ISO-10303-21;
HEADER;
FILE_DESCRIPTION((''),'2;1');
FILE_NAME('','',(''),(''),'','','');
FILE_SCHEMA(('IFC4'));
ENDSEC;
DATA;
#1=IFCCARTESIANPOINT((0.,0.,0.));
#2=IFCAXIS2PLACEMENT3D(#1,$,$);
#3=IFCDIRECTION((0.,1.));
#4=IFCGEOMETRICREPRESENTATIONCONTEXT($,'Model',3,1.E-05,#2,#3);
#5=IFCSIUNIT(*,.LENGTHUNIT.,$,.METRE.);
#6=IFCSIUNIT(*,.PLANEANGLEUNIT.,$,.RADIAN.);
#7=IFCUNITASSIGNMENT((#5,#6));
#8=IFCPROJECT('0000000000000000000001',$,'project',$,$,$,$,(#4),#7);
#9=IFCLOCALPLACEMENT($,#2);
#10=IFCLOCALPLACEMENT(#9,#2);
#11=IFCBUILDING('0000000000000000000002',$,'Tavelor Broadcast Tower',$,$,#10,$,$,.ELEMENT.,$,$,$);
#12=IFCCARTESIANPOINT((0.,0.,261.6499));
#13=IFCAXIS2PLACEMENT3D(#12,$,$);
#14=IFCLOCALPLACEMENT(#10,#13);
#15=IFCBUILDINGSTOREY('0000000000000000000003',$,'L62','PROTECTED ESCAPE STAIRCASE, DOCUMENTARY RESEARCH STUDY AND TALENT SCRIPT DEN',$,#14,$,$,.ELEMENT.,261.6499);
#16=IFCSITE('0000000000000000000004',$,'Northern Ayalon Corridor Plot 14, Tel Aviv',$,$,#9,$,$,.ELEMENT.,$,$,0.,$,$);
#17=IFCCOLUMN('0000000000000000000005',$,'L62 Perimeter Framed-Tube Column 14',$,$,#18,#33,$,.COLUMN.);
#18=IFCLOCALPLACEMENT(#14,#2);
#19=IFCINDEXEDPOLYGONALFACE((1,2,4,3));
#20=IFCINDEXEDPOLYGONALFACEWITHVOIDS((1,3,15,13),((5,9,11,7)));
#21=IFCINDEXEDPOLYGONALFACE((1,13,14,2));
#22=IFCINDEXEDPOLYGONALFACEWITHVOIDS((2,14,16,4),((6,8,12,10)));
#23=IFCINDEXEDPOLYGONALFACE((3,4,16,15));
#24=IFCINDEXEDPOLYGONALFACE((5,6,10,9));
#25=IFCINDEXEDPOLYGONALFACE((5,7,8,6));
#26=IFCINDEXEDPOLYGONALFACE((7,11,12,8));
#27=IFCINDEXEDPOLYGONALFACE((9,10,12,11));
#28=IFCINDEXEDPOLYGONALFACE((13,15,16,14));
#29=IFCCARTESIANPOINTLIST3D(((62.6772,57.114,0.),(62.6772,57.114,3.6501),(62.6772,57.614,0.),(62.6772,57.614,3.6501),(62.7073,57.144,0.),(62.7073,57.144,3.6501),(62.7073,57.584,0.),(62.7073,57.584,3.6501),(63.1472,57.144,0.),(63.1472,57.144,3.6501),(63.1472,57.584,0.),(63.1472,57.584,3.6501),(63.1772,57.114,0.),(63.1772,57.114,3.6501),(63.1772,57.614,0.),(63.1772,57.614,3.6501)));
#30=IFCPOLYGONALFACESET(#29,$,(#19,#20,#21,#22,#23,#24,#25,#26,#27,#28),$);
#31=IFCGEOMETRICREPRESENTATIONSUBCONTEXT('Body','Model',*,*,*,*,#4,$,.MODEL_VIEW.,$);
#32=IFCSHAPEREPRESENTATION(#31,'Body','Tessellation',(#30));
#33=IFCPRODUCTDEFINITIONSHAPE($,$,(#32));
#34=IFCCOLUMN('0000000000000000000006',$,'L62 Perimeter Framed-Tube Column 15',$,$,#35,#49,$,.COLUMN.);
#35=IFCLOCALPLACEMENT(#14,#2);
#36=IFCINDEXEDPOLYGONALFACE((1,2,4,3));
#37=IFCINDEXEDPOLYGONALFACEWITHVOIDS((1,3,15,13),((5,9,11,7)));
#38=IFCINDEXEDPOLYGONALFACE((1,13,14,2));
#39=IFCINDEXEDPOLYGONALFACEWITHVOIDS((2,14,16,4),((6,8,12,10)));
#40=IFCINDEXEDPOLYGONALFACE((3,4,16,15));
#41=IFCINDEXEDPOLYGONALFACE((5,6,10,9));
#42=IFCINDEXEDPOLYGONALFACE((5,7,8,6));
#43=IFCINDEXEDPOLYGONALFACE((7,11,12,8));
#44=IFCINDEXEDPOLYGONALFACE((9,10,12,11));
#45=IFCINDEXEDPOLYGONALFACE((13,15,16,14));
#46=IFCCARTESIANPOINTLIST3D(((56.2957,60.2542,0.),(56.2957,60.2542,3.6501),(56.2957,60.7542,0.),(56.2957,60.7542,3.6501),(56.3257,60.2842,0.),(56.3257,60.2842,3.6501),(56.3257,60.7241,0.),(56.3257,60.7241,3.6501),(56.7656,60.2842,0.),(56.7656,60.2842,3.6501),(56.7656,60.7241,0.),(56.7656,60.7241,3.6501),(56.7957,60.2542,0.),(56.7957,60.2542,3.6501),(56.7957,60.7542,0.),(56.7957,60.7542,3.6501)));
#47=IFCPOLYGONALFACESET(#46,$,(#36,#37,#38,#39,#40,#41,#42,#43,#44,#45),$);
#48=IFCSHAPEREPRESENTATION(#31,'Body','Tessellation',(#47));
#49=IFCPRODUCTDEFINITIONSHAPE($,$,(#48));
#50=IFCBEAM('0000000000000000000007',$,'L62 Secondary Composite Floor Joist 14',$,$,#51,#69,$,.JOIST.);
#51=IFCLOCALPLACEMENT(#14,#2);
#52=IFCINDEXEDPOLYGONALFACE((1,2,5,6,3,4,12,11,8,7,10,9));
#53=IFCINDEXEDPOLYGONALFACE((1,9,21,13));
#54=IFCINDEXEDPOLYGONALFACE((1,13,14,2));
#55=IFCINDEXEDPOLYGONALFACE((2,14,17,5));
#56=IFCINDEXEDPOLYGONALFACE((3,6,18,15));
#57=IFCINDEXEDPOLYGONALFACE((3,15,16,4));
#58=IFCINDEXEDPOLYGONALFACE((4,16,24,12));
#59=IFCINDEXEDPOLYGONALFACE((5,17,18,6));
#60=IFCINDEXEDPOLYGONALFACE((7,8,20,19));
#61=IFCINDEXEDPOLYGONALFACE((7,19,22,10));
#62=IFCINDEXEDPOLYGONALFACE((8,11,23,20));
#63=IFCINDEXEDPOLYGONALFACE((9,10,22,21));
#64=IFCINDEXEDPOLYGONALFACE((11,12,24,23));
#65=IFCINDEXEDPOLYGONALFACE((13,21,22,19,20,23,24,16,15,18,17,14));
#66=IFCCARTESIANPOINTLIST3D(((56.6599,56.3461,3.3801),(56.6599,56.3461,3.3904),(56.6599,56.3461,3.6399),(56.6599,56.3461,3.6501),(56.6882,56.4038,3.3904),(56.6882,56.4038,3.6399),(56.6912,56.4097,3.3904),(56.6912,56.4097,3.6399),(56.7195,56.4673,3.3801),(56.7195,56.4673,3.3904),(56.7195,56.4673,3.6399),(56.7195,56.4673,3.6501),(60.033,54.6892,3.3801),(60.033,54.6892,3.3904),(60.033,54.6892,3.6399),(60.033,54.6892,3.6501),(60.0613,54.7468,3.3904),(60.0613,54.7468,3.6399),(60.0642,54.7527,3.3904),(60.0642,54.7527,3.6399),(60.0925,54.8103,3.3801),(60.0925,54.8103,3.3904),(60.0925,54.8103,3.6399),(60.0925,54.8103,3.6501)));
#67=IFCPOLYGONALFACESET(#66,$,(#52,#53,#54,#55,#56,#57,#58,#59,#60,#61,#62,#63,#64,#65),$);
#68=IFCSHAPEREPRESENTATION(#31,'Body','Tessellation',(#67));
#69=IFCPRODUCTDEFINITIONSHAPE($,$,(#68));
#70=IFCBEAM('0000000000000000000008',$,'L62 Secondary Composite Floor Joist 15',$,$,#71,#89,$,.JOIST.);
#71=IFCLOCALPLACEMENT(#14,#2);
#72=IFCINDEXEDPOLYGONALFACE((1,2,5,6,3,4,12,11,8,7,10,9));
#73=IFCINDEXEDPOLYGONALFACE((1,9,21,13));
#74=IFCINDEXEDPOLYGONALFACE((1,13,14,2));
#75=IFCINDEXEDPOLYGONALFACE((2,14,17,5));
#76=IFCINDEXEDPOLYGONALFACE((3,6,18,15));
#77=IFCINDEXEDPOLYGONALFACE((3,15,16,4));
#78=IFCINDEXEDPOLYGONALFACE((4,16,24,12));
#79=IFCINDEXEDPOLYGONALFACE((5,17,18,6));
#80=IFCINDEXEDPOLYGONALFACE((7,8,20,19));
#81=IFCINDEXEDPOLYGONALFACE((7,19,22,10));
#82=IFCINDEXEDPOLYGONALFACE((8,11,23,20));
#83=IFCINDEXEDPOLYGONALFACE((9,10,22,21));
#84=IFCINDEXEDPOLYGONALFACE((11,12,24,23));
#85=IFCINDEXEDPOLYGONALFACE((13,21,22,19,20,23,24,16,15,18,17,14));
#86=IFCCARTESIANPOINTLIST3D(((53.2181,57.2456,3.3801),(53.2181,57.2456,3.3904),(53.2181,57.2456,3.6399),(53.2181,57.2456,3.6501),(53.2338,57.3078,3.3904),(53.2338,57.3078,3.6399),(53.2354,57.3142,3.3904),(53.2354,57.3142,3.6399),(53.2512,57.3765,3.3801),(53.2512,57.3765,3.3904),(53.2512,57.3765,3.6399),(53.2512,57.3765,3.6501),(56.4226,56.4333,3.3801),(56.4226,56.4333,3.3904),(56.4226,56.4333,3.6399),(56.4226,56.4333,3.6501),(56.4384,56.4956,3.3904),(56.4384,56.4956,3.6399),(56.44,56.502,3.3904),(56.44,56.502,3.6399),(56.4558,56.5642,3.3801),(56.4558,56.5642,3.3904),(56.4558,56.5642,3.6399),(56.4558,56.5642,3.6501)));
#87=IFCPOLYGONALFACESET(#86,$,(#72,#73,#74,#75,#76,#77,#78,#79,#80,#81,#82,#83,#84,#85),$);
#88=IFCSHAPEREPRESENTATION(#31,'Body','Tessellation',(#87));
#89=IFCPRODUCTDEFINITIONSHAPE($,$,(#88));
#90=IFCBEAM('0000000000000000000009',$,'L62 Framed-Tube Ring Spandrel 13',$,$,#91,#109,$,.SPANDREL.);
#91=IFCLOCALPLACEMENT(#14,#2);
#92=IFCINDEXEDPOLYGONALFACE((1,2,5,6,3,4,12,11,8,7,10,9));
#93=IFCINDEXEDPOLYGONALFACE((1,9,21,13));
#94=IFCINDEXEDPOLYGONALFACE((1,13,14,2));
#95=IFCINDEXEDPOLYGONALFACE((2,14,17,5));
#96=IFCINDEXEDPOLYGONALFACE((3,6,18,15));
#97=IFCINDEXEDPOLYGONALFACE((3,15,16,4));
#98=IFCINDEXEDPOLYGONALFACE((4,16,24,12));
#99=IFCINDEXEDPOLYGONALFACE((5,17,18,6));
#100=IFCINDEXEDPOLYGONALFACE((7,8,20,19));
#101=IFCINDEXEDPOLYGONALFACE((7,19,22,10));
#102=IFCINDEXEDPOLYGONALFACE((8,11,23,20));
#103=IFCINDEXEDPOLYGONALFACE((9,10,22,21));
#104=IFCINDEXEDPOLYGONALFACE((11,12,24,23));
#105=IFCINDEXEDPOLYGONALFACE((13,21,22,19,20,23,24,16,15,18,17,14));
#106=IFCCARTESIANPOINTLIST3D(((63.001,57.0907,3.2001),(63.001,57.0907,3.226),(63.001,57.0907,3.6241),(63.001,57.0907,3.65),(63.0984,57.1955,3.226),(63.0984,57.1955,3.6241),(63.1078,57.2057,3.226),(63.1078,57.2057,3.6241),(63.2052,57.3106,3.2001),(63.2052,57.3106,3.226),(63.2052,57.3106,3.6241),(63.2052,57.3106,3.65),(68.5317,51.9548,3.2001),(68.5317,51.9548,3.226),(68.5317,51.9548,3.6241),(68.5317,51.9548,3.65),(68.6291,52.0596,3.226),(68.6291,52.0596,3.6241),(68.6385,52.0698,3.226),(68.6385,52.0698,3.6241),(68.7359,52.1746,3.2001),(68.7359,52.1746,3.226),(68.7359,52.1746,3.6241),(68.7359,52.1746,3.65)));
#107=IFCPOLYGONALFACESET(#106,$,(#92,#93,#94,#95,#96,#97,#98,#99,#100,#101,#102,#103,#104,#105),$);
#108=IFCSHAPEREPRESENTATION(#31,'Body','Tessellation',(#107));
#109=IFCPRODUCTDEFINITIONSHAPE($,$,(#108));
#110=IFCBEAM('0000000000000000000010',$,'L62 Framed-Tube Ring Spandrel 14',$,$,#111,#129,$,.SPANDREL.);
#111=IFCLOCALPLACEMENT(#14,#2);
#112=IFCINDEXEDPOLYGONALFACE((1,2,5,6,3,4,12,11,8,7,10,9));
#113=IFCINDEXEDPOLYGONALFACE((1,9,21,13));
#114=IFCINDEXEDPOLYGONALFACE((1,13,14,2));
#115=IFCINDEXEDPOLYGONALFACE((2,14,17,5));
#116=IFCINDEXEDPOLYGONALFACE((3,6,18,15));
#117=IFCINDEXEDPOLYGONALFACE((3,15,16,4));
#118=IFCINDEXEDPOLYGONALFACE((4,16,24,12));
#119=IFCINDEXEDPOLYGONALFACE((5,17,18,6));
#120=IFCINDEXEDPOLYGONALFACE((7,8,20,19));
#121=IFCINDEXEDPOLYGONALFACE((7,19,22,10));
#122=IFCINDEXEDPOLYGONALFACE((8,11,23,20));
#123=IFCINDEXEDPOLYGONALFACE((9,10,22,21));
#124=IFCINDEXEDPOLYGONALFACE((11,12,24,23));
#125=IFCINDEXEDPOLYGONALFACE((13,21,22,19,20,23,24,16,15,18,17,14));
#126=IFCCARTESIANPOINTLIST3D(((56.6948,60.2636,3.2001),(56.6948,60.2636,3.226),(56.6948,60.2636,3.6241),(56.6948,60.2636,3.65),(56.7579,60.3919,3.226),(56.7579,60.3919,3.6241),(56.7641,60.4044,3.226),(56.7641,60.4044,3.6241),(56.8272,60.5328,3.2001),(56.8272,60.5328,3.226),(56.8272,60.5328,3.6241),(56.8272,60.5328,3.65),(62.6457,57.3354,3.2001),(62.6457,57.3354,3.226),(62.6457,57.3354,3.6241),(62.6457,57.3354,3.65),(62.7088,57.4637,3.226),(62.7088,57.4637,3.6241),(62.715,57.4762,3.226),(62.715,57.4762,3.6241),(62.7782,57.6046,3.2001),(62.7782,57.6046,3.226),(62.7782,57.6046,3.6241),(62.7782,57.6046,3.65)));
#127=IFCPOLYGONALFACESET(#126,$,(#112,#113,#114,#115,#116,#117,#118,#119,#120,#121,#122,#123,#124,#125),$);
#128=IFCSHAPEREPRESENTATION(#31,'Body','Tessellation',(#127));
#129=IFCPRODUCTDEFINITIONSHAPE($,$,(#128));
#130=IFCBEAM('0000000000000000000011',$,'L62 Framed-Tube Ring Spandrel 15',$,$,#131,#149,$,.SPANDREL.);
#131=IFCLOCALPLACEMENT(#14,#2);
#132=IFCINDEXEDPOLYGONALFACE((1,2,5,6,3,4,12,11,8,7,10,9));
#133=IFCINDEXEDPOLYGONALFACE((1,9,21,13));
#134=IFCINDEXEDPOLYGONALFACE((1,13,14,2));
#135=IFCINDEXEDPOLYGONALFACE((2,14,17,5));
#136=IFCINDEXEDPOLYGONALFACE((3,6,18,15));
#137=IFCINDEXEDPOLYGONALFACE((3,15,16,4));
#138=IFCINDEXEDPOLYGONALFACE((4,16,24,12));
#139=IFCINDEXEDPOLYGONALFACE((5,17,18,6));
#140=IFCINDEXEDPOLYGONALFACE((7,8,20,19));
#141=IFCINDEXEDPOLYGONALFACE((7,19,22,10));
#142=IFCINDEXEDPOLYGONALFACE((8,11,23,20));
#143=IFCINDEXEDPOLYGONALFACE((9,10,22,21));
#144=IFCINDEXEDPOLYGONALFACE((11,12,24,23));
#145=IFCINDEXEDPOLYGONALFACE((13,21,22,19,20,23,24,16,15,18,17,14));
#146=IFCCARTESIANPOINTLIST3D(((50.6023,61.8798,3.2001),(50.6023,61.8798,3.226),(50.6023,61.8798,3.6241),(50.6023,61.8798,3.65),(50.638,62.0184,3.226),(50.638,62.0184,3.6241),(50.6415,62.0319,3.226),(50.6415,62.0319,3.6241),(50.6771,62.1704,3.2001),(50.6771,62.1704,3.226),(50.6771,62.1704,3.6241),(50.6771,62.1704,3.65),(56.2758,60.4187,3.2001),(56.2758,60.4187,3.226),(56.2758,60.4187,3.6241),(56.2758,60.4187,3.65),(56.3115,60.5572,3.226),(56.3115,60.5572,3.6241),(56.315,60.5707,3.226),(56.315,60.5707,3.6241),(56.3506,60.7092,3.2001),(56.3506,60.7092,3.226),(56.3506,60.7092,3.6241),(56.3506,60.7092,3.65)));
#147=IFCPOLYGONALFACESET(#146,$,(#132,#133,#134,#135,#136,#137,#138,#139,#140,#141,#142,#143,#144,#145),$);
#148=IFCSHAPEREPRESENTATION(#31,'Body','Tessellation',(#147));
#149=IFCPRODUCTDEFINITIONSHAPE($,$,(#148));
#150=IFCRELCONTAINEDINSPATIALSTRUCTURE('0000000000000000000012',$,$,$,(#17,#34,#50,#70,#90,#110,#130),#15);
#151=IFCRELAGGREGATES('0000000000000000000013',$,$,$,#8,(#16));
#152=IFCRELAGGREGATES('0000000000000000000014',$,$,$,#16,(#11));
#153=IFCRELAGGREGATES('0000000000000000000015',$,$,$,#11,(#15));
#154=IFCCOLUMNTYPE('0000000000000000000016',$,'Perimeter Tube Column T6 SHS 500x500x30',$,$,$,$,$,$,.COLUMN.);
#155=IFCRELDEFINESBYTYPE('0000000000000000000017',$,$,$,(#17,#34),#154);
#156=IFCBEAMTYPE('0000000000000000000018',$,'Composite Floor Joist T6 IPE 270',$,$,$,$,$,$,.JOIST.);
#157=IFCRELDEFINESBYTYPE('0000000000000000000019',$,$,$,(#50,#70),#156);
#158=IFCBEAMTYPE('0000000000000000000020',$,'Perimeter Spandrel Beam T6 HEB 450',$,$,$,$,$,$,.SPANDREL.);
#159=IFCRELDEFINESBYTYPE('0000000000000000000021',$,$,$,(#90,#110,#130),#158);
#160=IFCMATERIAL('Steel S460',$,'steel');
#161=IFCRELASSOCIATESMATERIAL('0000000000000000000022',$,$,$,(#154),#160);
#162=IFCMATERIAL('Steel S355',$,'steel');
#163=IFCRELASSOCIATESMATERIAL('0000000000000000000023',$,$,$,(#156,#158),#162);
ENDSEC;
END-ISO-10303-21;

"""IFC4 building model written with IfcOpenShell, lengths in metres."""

from ifc_helpers import new_model, si_unit, direction, frame, origin, origin_2d, place, context, subcontext, project, spatial, hollow_rectangle, i_section, extrude, material, material_profile, profile_set, type_object, element, save


model = new_model("IFC4")

# Units and contexts
model_context = context("Model", 3, precision=1e-05, world=origin(), true_north=direction((0.0, 1.0)))
body_context = subcontext(model_context, "Body", "Model", "MODEL_VIEW")
ifc_project = project(units=[si_unit("LENGTHUNIT", "METRE"), si_unit("PLANEANGLEUNIT", "RADIAN")], contexts=[model_context])

# Site, building, storey
site_placement = place(None, origin())
site = spatial("IfcSite", under=ifc_project, at=site_placement, Name="Northern Ayalon Corridor Plot 14, Tel Aviv", CompositionType="ELEMENT", RefElevation=0.0)
building_placement = place(site_placement, origin())
building = spatial("IfcBuilding", under=site, at=building_placement, Name="Tavelor Broadcast Tower", CompositionType="ELEMENT")
storey_placement = place(building_placement, frame((0.0, 0.0, 261.6499)))
storey = spatial("IfcBuildingStorey", under=building, at=storey_placement, Name="L62", Description="PROTECTED ESCAPE STAIRCASE, DOCUMENTARY RESEARCH STUDY AND TALENT SCRIPT DEN", CompositionType="ELEMENT", Elevation=261.6499)

# Columns
ifc_material_1 = material(Name="Steel S460", Category="steel")
ifc_material_profile_1 = material_profile(ifc_material_1, hollow_rectangle(XDim=0.5, YDim=0.5, WallThickness=0.03, at=origin_2d()), Name="SHS 500x500x30")
ifc_profile_set_1 = profile_set([ifc_material_profile_1], Name="Steel S460")
column_type = type_object("IfcColumnType", Name="Perimeter Tube Column T6 SHS 500x500x30", PredefinedType="COLUMN", material=ifc_profile_set_1)
for number, where, z_axis, x_axis, name in (
    (1, (62.9272, 57.364, 0.0), (0.0, 0.0, 1.0), (1.0, 0.0, 0.0), "L62 Perimeter Framed-Tube Column 14"),
    (2, (56.5457, 60.5042, 0.0), (0.0, 0.0, 1.0), (1.0, 0.0, 0.0), "L62 Perimeter Framed-Tube Column 15"),
):
    element("IfcColumn", number, at=place(storey_placement, frame(where, z_axis=z_axis, x_axis=x_axis)), inside=storey, type_object=column_type, Name=name, PredefinedType="COLUMN", context=body_context, shape_type="SweptSolid", body=[
        extrude(hollow_rectangle(XDim=0.5, YDim=0.5, WallThickness=0.03, at=origin_2d()), origin(), (0.0, 0.0, 1.0), 3.6501),
    ])

# Beams
ifc_material_2 = material(Name="Steel S355", Category="steel")
ifc_material_profile_2 = material_profile(ifc_material_2, i_section(OverallWidth=0.135, OverallDepth=0.27, WebThickness=0.0066, FlangeThickness=0.0103, at=origin_2d()), Name="IPE 270")
ifc_profile_set_2 = profile_set([ifc_material_profile_2], Name="Steel S355")
beam_type_1 = type_object("IfcBeamType", Name="Composite Floor Joist T6 IPE 270", PredefinedType="JOIST", material=ifc_profile_set_2)
beam_1_placement = place(storey_placement, frame((60.0627, 54.7498, 3.5151), z_axis=(-0.897549, 0.440914, 0.0), x_axis=(-0.440914, -0.897549, 0.0)))
element("IfcBeam", 3, at=beam_1_placement, inside=storey, type_object=beam_type_1, Name="L62 Secondary Composite Floor Joist 14", PredefinedType="JOIST", context=body_context, shape_type="SweptSolid", body=[
    extrude(i_section(OverallWidth=0.135, OverallDepth=0.27, WebThickness=0.0066, FlangeThickness=0.0103, at=origin_2d()), origin(), (0.0, 0.0, 1.0), 3.7581),
])
beam_2_placement = place(storey_placement, frame((56.4392, 56.4988, 3.5151), z_axis=(-0.969347, 0.245697, 0.0), x_axis=(-0.245697, -0.969347, 0.0)))
element("IfcBeam", 4, at=beam_2_placement, inside=storey, type_object=beam_type_1, Name="L62 Secondary Composite Floor Joist 15", PredefinedType="JOIST", context=body_context, shape_type="SweptSolid", body=[
    extrude(i_section(OverallWidth=0.135, OverallDepth=0.27, WebThickness=0.0066, FlangeThickness=0.0103, at=origin_2d()), origin(), (0.0, 0.0, 1.0), 3.3059),
])
ifc_material_profile_3 = material_profile(ifc_material_2, i_section(OverallWidth=0.3, OverallDepth=0.45, WebThickness=0.0139, FlangeThickness=0.0259, at=origin_2d()), Name="HEB 450")
ifc_profile_set_3 = profile_set([ifc_material_profile_3], Name="Steel S355")
beam_type_2 = type_object("IfcBeamType", Name="Perimeter Spandrel Beam T6 HEB 450", PredefinedType="SPANDREL", material=ifc_profile_set_3)
beam_3_placement = place(storey_placement, frame((68.6338, 52.0647, 3.425), z_axis=(-0.732775, 0.680471, 0.0), x_axis=(-0.680471, -0.732775, 0.0)))
element("IfcBeam", 5, at=beam_3_placement, inside=storey, type_object=beam_type_2, Name="L62 Framed-Tube Ring Spandrel 13", PredefinedType="SPANDREL", context=body_context, shape_type="SweptSolid", body=[
    extrude(i_section(OverallWidth=0.3, OverallDepth=0.45, WebThickness=0.0139, FlangeThickness=0.0259, at=origin_2d()), origin(), (0.0, 0.0, 1.0), 7.5476),
])
beam_4_placement = place(storey_placement, frame((62.7119, 57.47, 3.425), z_axis=(-0.897258, 0.441506, 0.0), x_axis=(-0.441506, -0.897258, 0.0)))
element("IfcBeam", 6, at=beam_4_placement, inside=storey, type_object=beam_type_2, Name="L62 Framed-Tube Ring Spandrel 14", PredefinedType="SPANDREL", context=body_context, shape_type="SweptSolid", body=[
    extrude(i_section(OverallWidth=0.3, OverallDepth=0.45, WebThickness=0.0139, FlangeThickness=0.0259, at=origin_2d()), origin(), (0.0, 0.0, 1.0), 6.6323),
])
beam_5_placement = place(storey_placement, frame((56.3132, 60.564, 3.425), z_axis=(-0.9684, 0.249403, 0.0), x_axis=(-0.249403, -0.9684, 0.0)))
element("IfcBeam", 7, at=beam_5_placement, inside=storey, type_object=beam_type_2, Name="L62 Framed-Tube Ring Spandrel 15", PredefinedType="SPANDREL", context=body_context, shape_type="SweptSolid", body=[
    extrude(i_section(OverallWidth=0.3, OverallDepth=0.45, WebThickness=0.0139, FlangeThickness=0.0259, at=origin_2d()), origin(), (0.0, 0.0, 1.0), 5.8586),
])

save(model, "model.ifc")
